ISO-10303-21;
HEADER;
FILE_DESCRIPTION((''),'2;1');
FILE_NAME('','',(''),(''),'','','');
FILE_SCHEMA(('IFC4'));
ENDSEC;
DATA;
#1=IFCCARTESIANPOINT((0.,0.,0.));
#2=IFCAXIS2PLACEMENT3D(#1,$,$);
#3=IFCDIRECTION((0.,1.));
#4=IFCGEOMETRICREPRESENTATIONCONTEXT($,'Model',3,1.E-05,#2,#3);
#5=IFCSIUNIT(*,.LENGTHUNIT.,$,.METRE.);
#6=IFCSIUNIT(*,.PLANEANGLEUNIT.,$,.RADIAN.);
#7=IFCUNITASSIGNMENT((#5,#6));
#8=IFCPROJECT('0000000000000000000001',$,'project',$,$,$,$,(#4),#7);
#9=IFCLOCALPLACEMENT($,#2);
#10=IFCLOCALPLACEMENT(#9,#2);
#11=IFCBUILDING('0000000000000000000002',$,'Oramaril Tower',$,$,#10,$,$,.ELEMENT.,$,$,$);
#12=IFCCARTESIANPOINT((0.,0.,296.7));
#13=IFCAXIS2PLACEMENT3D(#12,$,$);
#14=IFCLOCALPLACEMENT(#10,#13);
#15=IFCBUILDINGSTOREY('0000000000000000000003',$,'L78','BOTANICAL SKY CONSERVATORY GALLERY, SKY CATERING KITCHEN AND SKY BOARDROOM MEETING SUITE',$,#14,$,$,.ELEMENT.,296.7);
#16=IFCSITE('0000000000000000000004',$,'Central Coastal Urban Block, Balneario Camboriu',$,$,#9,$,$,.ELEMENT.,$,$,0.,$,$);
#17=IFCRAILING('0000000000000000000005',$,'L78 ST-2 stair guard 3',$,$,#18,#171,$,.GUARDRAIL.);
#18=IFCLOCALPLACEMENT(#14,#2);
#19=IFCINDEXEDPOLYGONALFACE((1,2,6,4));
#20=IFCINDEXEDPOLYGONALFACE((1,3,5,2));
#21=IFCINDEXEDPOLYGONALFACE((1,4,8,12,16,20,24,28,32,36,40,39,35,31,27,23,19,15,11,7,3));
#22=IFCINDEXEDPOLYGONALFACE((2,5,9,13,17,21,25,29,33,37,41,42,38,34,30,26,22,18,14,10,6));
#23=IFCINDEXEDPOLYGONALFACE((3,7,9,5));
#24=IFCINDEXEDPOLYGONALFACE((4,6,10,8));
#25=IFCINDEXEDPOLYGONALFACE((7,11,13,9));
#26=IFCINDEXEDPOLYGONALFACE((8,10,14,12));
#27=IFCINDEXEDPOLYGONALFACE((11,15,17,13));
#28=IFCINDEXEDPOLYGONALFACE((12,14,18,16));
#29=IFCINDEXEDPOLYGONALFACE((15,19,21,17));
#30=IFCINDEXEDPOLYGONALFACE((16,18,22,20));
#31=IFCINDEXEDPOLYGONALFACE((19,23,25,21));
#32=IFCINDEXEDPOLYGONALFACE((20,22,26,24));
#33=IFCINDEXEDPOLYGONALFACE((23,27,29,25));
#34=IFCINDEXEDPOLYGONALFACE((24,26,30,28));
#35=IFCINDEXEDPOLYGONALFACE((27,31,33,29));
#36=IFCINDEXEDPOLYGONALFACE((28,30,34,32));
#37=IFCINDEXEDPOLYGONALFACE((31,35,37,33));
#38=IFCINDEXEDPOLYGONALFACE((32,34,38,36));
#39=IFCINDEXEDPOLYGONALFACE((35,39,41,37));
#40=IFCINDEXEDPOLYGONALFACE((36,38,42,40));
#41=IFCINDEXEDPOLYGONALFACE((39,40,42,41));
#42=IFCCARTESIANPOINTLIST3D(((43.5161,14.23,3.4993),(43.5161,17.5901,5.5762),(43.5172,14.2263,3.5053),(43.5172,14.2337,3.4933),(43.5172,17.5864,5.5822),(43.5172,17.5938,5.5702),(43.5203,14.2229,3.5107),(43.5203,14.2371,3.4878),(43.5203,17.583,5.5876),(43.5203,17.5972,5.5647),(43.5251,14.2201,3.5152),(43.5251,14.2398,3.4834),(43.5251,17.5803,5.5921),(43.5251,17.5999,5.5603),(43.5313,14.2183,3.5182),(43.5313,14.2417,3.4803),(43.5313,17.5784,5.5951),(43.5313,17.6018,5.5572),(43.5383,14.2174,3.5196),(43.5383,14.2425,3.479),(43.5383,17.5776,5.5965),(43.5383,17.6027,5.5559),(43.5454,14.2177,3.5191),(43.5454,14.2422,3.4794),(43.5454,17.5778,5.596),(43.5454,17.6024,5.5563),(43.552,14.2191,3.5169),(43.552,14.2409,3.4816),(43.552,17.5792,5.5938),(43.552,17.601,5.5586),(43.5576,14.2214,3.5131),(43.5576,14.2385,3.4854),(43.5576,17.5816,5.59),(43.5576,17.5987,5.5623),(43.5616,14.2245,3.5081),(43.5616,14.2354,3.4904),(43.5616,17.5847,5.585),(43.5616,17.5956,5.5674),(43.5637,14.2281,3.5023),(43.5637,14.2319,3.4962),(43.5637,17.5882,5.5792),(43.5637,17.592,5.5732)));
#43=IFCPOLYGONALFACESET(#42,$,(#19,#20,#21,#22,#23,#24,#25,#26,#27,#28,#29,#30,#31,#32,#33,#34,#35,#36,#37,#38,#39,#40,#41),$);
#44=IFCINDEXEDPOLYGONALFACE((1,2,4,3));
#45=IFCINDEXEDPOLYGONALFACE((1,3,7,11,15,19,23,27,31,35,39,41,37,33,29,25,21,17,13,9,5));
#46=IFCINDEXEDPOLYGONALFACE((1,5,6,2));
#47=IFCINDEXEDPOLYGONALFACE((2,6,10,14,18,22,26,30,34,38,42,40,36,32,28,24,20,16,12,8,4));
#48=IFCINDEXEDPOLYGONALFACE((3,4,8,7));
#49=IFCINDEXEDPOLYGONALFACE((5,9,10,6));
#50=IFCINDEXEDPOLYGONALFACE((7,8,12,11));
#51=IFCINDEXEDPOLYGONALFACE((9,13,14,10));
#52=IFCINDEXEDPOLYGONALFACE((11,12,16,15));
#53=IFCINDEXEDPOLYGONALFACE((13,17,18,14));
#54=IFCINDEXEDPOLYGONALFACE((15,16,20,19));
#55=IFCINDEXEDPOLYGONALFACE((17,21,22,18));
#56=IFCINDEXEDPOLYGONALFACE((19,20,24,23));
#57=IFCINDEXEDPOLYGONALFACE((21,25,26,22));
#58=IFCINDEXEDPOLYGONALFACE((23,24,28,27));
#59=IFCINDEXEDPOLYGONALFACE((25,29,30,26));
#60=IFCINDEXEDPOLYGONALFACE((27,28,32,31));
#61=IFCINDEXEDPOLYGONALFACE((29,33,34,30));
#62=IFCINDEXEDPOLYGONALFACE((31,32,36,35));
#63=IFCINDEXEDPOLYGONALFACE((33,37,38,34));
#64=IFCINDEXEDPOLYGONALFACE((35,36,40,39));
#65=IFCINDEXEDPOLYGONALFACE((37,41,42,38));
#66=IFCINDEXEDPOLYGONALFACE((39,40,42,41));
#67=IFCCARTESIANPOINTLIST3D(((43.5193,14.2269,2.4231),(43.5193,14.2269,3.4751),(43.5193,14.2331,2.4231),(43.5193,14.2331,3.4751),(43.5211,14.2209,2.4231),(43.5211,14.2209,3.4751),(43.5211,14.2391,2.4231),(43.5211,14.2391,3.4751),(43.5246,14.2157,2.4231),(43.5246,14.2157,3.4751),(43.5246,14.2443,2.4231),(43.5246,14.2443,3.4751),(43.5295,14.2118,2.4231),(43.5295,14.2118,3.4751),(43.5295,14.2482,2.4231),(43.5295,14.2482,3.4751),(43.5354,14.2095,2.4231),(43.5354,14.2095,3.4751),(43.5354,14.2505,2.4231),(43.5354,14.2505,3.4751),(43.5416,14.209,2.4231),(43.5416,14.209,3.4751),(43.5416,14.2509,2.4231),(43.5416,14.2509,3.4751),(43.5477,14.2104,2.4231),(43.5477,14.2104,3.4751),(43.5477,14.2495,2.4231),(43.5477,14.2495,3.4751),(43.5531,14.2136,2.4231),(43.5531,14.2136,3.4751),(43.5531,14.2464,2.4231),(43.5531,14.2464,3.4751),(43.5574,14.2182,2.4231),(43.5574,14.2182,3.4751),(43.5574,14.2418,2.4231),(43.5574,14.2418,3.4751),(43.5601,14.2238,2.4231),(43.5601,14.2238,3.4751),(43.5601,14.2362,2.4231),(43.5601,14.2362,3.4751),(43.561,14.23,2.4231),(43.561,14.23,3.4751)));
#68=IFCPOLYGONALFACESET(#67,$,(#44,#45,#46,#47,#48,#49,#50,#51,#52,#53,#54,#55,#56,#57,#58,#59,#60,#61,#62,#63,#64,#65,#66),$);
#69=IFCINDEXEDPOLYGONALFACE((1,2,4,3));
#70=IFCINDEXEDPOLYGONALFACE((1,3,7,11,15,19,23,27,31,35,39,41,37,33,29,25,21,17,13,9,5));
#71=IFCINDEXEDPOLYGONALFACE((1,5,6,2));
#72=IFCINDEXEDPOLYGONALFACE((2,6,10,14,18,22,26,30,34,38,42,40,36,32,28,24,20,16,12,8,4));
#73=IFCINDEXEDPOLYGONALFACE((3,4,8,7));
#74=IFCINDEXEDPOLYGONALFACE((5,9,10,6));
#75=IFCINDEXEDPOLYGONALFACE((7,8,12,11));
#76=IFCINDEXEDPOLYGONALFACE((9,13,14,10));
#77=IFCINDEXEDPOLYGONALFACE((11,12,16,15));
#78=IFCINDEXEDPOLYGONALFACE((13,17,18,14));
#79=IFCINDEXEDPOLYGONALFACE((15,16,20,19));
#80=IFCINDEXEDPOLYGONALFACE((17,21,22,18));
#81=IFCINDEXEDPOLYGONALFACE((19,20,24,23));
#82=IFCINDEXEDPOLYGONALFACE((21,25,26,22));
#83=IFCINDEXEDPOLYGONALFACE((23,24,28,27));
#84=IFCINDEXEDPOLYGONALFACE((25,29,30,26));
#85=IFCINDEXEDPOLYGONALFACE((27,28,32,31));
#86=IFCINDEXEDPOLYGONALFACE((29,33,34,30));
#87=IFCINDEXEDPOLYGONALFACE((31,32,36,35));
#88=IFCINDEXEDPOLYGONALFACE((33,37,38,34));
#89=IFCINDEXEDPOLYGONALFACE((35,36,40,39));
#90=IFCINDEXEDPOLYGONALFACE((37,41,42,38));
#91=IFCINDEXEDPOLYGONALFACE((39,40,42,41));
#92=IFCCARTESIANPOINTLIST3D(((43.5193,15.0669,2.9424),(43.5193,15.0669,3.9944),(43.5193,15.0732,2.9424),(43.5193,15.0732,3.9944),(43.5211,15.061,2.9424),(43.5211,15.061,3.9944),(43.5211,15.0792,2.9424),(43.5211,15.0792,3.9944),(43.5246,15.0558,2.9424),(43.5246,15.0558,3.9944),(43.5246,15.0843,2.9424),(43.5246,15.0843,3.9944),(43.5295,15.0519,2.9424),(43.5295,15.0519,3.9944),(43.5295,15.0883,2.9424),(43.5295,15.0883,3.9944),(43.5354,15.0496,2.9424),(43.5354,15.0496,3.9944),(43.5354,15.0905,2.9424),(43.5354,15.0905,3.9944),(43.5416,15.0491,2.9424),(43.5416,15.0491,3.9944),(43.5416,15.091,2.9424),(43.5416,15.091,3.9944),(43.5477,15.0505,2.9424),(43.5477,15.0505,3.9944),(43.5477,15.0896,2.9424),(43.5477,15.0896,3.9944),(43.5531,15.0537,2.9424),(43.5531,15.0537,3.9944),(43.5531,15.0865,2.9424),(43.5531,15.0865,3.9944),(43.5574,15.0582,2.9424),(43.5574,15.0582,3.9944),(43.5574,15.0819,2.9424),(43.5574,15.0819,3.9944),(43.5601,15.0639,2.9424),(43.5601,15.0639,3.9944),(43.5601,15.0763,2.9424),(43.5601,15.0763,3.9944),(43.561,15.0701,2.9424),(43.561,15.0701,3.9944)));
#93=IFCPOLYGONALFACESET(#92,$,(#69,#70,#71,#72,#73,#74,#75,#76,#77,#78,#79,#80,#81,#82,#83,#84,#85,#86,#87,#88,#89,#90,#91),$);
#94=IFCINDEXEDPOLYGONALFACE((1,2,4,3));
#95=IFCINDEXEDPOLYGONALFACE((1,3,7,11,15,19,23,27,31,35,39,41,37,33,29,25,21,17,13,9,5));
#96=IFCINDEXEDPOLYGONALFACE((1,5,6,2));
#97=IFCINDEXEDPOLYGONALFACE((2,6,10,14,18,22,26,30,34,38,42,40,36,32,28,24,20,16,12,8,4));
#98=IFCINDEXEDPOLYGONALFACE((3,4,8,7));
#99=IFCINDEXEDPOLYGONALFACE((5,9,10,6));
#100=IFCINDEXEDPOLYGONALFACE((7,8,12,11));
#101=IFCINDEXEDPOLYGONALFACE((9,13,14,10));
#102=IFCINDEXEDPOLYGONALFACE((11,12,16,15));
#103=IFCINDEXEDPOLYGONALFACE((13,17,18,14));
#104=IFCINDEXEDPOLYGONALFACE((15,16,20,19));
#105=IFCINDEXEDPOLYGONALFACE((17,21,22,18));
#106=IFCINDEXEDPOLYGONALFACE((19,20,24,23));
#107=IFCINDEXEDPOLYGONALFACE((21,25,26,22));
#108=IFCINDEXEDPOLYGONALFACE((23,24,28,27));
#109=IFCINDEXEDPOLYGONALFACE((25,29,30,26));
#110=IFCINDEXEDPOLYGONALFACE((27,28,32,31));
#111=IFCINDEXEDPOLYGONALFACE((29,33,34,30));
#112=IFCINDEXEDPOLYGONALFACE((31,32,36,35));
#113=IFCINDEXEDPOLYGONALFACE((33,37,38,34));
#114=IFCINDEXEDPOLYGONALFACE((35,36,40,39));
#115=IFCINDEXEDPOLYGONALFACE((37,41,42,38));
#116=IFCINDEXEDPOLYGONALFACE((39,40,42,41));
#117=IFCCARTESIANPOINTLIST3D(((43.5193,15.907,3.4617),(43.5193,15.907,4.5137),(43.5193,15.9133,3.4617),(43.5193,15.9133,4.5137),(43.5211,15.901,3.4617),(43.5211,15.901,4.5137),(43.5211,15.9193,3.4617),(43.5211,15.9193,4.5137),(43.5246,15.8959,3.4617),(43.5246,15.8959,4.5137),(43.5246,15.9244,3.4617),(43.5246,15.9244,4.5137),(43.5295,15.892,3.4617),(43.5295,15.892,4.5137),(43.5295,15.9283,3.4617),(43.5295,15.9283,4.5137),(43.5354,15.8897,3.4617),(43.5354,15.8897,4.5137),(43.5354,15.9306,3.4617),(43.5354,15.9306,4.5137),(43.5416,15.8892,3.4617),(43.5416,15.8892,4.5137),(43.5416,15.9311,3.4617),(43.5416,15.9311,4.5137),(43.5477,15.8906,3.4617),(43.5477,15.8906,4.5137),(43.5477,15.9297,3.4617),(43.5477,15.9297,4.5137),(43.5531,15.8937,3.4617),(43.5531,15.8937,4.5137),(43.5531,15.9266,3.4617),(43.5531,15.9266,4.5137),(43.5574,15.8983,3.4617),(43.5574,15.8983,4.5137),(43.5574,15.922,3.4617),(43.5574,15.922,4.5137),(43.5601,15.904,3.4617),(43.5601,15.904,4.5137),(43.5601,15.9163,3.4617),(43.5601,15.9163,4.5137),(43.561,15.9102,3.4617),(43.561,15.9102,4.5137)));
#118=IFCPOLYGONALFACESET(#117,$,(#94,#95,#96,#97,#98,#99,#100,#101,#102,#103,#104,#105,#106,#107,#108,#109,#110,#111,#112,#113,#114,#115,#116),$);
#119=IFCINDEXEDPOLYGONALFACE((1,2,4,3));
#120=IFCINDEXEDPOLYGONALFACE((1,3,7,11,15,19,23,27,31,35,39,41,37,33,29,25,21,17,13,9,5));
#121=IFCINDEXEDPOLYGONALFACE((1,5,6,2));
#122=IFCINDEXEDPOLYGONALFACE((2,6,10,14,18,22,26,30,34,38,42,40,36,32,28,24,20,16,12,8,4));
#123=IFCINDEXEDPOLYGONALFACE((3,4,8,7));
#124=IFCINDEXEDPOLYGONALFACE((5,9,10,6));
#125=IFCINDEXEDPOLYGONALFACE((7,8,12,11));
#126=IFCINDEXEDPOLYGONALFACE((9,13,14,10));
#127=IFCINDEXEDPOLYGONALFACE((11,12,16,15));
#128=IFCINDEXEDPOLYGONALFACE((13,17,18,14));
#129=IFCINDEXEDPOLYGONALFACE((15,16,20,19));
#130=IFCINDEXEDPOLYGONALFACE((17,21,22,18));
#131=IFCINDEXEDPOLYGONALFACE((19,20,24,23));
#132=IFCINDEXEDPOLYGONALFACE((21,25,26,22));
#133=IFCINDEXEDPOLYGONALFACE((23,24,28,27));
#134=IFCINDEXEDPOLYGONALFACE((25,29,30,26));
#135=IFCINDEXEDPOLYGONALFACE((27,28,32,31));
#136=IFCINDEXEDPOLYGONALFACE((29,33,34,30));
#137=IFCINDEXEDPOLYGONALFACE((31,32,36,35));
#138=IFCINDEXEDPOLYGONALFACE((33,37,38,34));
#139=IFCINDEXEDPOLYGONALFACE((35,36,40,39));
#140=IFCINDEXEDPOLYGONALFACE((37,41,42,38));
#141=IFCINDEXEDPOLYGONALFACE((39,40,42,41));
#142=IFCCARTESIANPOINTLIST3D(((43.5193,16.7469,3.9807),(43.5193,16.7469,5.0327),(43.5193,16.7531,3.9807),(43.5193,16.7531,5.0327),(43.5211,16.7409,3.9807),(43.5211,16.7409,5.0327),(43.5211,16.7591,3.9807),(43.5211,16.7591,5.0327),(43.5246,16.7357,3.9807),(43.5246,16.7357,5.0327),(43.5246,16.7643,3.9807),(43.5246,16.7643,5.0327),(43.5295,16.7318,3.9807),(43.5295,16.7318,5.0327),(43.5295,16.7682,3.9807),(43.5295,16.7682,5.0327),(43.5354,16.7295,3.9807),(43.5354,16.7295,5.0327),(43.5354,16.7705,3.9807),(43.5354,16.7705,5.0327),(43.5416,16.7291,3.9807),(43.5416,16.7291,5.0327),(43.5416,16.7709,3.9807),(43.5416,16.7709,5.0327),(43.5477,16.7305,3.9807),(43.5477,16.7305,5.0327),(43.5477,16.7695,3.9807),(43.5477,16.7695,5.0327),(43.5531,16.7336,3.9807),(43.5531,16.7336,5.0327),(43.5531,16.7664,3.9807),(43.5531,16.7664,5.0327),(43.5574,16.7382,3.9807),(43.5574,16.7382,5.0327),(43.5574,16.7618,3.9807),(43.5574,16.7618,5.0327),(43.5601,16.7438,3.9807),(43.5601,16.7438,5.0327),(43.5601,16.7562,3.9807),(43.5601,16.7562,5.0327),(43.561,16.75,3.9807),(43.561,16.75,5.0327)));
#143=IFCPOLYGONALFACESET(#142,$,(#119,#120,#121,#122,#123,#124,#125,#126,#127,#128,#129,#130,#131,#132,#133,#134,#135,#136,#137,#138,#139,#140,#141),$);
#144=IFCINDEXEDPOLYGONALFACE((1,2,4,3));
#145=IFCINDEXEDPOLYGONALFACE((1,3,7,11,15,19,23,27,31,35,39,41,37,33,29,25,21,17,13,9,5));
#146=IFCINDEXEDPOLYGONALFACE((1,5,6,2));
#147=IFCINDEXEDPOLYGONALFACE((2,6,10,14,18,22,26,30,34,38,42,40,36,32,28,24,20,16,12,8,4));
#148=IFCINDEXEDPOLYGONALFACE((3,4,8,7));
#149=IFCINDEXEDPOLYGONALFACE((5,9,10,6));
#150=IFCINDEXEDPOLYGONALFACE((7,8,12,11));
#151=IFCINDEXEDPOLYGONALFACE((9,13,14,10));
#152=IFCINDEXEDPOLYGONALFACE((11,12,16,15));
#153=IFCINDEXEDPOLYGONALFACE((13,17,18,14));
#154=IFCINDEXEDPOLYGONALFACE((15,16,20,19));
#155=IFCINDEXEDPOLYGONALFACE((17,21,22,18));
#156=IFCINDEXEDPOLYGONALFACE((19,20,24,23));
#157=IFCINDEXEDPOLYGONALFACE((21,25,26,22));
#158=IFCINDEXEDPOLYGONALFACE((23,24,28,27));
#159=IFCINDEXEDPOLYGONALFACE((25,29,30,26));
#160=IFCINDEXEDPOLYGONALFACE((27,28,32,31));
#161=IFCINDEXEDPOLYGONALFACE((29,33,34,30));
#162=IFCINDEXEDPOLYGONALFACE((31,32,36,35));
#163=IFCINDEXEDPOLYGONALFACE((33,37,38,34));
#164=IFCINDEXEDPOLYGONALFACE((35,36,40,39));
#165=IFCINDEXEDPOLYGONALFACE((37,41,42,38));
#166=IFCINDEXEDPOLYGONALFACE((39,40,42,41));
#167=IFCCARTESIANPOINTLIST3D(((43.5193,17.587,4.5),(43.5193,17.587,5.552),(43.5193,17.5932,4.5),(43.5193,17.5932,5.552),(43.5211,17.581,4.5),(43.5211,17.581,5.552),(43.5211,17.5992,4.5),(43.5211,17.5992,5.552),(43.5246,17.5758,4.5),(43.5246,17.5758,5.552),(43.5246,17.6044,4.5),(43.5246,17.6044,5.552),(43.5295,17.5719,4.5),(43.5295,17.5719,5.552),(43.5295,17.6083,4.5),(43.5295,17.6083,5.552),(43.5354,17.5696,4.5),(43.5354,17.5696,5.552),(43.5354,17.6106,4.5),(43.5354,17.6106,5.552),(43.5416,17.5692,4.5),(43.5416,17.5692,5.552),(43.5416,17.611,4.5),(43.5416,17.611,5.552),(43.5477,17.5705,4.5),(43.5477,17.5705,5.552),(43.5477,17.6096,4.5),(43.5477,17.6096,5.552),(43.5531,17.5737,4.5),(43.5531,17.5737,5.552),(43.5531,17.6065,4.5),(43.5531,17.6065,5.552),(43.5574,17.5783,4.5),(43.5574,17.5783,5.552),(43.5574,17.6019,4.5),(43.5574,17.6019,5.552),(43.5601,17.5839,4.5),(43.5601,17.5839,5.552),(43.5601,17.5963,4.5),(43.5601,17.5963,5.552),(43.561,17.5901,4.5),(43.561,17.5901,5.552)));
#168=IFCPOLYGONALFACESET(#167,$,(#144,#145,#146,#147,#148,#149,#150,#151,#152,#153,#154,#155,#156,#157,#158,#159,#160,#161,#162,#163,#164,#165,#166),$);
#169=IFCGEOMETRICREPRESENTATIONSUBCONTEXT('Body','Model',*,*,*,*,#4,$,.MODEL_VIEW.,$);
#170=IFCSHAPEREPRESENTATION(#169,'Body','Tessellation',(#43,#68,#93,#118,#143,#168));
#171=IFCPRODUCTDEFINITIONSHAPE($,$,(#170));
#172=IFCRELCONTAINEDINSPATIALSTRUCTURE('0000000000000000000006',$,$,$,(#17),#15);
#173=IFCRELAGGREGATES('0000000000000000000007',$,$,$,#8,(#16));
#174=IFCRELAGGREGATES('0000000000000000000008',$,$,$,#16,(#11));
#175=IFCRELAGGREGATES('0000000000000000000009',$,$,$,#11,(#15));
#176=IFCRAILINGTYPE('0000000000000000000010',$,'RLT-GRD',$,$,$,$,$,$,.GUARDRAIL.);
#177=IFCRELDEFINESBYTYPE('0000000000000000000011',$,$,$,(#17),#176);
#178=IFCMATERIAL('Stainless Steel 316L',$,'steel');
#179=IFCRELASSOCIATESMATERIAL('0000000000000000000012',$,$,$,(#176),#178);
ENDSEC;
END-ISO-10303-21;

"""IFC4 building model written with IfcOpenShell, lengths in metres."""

from ifc_helpers import new_model, si_unit, direction, frame, origin, origin_2d, place, context, subcontext, project, spatial, circle, extrude, material, type_object, element, save


model = new_model("IFC4")

# Units and contexts
model_context = context("Model", 3, precision=1e-05, world=origin(), true_north=direction((0.0, 1.0)))
body_context = subcontext(model_context, "Body", "Model", "MODEL_VIEW")
ifc_project = project(units=[si_unit("LENGTHUNIT", "METRE"), si_unit("PLANEANGLEUNIT", "RADIAN")], contexts=[model_context])

# Site, building, storey
site_placement = place(None, origin())
site = spatial("IfcSite", under=ifc_project, at=site_placement, Name="Central Coastal Urban Block, Balneario Camboriu", CompositionType="ELEMENT", RefElevation=0.0)
building_placement = place(site_placement, origin())
building = spatial("IfcBuilding", under=site, at=building_placement, Name="Oramaril Tower", CompositionType="ELEMENT")
storey_placement = place(building_placement, frame((0.0, 0.0, 296.7)))
storey = spatial("IfcBuildingStorey", under=building, at=storey_placement, Name="L78", Description="BOTANICAL SKY CONSERVATORY GALLERY, SKY CATERING KITCHEN AND SKY BOARDROOM MEETING SUITE", CompositionType="ELEMENT", Elevation=296.7)

# Railing
ifc_material_1 = material(Name="Stainless Steel 316L", Category="steel")
railing_type_1 = type_object("IfcRailingType", Name="RLT-GRD", PredefinedType="GUARDRAIL", material=ifc_material_1)
railing_1_placement = place(storey_placement, frame((43.54, 14.23, 2.4231)))
element("IfcRailing", 1, at=railing_1_placement, inside=storey, type_object=railing_type_1, Name="L78 ST-2 stair guard 3", PredefinedType="GUARDRAIL", context=body_context, shape_type="SweptSolid", body=[
    extrude(circle(Radius=0.0239, at=origin_2d()), frame((0.0, 0.0, 1.0762), z_axis=(0.0, 0.850623, 0.525776), x_axis=(-1.0, 0.0, 0.0)), (0.0, 0.0, 1.0), 3.9502),
    extrude(circle(Radius=0.021, at=origin_2d()), origin(), (0.0, 0.0, 1.0), 1.052),
    extrude(circle(Radius=0.021, at=origin_2d()), frame((0.0, 0.8401, 0.5193)), (0.0, 0.0, 1.0), 1.052),
    extrude(circle(Radius=0.021, at=origin_2d()), frame((0.0, 1.6802, 1.0386)), (0.0, 0.0, 1.0), 1.052),
    extrude(circle(Radius=0.021, at=origin_2d()), frame((0.0, 2.52, 1.5576)), (0.0, 0.0, 1.0), 1.052),
    extrude(circle(Radius=0.021, at=origin_2d()), frame((0.0, 3.3601, 2.0769)), (0.0, 0.0, 1.0), 1.052),
])

save(model, "model.ifc")
